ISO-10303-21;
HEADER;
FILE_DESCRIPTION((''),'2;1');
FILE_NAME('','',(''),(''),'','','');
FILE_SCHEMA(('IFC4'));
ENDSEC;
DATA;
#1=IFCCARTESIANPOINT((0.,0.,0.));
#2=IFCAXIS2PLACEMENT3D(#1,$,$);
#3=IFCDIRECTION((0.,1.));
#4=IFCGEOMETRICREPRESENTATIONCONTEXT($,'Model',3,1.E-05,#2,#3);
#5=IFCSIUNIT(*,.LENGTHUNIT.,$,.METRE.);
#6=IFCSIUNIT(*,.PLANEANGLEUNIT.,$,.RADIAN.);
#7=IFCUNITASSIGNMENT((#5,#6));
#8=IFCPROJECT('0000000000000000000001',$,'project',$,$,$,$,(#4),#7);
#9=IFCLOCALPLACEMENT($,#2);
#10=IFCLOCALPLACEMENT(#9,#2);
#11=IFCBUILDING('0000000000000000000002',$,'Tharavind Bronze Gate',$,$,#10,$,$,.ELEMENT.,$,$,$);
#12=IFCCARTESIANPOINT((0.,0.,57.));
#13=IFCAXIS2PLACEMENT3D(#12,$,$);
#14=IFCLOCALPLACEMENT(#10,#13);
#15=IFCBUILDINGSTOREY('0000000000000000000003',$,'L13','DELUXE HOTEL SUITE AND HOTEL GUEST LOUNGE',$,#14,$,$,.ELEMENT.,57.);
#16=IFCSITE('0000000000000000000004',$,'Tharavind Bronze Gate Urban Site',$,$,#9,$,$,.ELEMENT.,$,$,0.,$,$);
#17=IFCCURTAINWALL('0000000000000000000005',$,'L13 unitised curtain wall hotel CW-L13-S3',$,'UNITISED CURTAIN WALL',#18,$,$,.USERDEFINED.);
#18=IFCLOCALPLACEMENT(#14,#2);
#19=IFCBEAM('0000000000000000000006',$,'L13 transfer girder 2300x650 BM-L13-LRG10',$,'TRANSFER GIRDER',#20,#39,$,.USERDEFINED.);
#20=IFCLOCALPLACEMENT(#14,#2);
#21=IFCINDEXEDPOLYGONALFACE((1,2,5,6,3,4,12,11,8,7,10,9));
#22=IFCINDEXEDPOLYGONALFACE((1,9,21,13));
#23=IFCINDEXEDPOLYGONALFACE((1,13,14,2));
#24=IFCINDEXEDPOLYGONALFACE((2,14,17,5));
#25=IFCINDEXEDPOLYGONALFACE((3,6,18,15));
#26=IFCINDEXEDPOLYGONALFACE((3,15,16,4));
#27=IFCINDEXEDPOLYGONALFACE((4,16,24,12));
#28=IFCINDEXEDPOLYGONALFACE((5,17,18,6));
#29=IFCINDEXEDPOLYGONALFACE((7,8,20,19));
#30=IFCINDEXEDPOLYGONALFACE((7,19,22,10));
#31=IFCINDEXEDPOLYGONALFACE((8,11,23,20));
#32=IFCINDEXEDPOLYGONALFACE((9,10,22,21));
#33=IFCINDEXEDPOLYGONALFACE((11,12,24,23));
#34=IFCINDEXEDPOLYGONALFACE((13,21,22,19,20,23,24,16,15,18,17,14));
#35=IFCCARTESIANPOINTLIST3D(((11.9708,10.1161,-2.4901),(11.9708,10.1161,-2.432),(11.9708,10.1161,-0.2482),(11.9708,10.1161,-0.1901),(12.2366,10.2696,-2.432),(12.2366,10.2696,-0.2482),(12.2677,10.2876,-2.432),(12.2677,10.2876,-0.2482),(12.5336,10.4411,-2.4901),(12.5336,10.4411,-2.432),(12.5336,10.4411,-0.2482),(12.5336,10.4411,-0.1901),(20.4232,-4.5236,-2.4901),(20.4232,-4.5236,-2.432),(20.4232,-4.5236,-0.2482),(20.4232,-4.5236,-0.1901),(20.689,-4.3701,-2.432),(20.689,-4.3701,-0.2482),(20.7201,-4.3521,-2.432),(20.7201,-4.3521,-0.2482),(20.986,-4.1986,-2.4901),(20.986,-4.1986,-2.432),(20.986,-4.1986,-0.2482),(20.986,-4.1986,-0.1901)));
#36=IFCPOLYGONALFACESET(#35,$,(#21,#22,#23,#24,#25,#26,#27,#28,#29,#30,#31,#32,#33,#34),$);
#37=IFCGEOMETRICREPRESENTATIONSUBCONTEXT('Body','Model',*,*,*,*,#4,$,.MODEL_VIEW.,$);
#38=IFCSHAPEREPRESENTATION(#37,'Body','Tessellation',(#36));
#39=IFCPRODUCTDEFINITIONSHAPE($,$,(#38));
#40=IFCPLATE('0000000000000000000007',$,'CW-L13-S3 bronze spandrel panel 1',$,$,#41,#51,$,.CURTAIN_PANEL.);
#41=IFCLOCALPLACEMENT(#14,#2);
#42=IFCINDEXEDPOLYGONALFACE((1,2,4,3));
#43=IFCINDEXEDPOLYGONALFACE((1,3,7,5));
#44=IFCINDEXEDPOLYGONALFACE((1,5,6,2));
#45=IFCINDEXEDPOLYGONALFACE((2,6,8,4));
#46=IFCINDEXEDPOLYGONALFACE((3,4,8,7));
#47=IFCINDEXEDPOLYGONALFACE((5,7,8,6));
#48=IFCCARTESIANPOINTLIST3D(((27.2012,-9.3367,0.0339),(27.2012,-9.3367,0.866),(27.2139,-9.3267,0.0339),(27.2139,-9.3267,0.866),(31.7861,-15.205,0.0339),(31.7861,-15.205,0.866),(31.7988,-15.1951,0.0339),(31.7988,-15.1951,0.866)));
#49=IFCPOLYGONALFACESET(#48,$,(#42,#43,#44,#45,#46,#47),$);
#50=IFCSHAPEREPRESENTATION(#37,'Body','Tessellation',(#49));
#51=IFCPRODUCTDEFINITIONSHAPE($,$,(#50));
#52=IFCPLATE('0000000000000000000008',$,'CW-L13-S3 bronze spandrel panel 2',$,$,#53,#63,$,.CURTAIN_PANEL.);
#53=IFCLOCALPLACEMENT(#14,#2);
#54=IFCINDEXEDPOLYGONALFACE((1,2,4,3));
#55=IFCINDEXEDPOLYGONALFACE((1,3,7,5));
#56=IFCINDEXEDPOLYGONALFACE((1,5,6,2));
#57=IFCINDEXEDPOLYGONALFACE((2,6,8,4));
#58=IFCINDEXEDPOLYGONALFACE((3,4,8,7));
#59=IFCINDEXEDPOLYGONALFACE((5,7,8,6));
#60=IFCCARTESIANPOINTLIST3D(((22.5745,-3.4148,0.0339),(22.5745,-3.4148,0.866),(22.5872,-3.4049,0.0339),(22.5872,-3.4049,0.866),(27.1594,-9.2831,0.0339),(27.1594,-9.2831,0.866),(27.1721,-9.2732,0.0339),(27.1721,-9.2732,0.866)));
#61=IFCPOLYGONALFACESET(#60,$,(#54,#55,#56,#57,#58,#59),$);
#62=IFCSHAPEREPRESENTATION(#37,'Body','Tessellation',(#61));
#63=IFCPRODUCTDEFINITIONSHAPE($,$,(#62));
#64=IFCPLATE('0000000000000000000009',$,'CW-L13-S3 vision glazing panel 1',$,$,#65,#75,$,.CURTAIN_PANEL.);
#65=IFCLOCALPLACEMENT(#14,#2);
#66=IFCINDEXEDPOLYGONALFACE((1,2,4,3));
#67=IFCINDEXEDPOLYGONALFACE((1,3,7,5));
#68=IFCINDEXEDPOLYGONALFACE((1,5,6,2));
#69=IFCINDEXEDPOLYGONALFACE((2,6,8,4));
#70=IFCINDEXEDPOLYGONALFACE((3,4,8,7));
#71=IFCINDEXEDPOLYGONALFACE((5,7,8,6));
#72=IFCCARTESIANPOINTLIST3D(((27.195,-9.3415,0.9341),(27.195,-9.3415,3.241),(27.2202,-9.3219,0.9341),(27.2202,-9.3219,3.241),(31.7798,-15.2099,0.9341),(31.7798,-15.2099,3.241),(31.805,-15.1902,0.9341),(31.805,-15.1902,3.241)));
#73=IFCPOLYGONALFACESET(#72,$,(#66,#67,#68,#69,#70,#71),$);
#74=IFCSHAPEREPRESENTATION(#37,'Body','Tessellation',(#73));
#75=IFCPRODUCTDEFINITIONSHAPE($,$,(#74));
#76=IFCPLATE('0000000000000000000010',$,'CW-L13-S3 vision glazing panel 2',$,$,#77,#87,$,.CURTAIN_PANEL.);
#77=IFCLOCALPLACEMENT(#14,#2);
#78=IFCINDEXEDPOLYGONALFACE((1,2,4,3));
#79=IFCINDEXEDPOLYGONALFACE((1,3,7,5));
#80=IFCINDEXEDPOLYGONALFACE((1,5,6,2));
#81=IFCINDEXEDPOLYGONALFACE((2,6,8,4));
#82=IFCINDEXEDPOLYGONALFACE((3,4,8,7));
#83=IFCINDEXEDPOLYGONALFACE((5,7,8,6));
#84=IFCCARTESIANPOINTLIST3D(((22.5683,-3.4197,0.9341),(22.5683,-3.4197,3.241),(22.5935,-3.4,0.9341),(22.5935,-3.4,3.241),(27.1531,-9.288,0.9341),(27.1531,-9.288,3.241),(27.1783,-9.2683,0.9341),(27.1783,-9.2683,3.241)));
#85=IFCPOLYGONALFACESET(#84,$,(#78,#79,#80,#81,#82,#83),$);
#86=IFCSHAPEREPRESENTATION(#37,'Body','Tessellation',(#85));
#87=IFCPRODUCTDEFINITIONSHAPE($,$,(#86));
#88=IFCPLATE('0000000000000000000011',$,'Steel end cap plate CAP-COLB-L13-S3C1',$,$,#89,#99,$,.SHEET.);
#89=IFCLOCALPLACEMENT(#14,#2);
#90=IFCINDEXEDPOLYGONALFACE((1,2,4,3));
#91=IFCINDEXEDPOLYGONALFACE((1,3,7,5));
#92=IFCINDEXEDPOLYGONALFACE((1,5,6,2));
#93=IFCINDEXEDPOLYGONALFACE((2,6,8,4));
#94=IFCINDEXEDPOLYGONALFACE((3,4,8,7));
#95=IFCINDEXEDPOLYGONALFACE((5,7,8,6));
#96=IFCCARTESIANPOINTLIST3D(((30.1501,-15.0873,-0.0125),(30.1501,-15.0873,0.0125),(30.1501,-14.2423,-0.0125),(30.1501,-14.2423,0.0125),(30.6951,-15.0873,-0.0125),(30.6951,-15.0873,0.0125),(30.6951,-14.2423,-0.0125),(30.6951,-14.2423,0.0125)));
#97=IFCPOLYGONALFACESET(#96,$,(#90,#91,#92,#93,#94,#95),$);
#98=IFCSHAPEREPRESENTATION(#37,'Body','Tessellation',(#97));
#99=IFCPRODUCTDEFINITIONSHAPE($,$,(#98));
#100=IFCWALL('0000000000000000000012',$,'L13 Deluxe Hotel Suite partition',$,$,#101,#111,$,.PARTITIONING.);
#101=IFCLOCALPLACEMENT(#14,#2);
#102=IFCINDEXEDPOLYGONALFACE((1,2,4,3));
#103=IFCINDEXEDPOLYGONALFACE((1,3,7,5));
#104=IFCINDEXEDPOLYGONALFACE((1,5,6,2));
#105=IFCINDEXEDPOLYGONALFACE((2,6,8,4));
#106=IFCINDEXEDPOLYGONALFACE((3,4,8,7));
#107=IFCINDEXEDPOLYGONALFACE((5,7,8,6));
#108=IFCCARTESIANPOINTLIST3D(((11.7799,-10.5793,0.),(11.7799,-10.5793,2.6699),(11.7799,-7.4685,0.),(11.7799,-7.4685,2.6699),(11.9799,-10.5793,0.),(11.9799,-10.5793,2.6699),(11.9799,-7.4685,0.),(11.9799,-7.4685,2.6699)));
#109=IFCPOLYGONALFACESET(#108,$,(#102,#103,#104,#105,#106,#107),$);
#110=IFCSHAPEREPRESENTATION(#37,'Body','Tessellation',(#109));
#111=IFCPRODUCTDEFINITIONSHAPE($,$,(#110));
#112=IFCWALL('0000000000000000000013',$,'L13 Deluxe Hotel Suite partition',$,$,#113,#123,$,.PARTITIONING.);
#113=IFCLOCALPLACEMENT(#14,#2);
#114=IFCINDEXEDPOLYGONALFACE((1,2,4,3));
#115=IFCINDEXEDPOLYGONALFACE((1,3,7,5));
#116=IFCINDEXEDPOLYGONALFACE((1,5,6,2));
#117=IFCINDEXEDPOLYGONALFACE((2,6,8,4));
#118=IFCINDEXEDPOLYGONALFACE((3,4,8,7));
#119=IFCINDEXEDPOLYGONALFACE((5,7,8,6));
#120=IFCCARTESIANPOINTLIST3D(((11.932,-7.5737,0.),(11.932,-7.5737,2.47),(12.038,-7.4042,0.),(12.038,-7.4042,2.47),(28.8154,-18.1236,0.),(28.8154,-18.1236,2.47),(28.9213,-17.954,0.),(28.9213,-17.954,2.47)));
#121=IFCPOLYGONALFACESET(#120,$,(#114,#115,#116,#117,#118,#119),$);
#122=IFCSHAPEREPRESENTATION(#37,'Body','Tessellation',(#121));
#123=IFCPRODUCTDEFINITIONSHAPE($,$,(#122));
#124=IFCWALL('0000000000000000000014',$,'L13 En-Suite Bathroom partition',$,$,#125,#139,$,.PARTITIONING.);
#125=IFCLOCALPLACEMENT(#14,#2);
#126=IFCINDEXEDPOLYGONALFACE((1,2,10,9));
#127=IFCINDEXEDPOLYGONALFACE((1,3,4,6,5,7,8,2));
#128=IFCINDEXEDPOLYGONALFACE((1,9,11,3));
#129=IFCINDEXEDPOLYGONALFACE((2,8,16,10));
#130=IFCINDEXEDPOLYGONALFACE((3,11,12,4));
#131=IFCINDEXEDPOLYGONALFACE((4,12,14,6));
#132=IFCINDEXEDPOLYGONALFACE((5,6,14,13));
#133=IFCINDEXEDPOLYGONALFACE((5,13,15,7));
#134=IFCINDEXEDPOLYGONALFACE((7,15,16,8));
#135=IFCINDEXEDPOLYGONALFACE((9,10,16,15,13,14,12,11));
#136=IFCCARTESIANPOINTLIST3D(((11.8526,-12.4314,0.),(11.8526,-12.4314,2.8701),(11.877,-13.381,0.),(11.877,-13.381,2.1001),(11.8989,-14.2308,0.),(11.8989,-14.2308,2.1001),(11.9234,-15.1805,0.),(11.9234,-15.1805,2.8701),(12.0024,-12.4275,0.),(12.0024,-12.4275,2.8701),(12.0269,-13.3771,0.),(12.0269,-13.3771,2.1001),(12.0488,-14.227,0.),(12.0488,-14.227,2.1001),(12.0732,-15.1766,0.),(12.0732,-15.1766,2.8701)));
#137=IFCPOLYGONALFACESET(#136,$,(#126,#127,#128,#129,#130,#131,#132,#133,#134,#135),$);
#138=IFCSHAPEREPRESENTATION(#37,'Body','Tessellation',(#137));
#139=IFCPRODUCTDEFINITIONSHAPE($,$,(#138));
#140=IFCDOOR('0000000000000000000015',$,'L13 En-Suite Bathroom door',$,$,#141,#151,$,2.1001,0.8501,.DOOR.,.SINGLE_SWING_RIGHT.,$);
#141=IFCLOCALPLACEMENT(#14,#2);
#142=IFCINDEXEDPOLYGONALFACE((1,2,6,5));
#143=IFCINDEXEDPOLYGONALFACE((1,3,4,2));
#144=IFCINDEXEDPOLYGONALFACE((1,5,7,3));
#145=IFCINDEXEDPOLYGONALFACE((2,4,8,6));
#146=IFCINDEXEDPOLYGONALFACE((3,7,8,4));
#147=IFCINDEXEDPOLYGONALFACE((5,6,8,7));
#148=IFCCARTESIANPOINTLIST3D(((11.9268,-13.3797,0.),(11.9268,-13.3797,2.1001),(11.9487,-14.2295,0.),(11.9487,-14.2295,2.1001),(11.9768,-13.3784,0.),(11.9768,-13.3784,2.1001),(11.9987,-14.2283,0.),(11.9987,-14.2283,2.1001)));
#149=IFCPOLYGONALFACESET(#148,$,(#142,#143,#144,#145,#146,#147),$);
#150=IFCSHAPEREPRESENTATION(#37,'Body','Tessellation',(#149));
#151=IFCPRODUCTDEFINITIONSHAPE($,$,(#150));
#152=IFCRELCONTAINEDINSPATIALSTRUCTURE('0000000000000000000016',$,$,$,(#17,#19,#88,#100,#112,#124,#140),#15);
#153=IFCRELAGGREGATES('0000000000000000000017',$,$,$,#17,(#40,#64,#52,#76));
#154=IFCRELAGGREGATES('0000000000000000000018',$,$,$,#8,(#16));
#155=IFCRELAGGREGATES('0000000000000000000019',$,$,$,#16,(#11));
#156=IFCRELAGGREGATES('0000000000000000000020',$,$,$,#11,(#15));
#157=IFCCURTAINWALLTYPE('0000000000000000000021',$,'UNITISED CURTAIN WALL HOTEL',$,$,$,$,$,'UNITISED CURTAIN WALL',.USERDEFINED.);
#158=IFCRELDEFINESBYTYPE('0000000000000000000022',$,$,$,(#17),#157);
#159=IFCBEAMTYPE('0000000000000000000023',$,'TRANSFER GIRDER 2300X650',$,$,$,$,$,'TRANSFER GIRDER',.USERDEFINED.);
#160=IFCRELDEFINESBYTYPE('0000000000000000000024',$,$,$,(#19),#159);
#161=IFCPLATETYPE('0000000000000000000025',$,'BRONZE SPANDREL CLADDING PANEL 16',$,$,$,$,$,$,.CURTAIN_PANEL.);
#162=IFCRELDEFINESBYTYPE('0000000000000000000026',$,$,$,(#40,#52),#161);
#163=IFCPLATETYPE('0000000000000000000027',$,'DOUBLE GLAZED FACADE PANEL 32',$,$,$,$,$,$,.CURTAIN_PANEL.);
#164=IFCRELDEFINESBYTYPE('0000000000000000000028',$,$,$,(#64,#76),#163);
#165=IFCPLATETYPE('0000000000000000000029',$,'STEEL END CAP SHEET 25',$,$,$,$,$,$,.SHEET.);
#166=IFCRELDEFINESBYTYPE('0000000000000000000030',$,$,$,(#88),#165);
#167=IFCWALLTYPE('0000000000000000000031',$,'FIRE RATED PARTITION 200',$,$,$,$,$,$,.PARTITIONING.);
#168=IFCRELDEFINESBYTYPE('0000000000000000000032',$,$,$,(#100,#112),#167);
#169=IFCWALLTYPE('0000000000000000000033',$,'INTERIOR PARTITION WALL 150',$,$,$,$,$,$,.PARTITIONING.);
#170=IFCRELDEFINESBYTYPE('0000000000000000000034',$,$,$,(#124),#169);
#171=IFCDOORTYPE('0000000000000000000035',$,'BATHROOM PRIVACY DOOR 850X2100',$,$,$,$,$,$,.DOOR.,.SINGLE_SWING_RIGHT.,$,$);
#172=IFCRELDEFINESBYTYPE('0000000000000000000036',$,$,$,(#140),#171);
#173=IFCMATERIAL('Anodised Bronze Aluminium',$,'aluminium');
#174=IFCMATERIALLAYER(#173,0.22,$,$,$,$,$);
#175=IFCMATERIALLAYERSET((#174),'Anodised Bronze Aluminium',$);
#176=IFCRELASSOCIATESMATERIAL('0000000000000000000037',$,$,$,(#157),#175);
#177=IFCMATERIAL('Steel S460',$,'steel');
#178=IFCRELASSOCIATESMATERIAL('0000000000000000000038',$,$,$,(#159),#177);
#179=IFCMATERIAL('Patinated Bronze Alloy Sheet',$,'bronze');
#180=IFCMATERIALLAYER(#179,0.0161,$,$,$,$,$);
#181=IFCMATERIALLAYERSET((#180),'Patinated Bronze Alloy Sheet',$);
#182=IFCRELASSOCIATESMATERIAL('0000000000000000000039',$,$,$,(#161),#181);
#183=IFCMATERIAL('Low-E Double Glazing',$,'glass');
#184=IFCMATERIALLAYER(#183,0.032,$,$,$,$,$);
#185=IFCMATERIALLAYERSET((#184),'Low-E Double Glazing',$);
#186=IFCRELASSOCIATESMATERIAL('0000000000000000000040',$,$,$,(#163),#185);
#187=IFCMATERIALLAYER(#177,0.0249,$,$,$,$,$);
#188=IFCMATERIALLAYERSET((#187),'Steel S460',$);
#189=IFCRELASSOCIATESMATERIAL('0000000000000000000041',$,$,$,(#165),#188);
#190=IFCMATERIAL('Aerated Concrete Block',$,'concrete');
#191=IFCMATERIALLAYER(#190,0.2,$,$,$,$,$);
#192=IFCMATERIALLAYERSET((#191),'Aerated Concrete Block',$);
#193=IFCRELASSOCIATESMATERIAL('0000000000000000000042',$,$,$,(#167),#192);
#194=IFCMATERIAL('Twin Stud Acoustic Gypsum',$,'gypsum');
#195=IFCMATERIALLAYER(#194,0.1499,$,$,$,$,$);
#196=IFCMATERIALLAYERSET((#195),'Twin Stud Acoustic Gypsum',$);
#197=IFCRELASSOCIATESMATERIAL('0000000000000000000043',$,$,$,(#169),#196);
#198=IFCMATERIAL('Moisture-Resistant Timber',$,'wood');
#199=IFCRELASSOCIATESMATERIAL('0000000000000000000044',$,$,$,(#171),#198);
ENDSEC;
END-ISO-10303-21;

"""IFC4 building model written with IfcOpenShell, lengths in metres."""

from ifc_helpers import new_model, si_unit, direction, frame, frame_2d, origin, origin_2d, place, context, subcontext, project, spatial, rectangle, i_section, extrude, material, layer, layer_set, material_profile, profile_set, type_object, element, fill, aggregate, save


model = new_model("IFC4")

# Units and contexts
model_context = context("Model", 3, precision=1e-05, world=origin(), true_north=direction((0.0, 1.0)))
body_context = subcontext(model_context, "Body", "Model", "MODEL_VIEW")
ifc_project = project(units=[si_unit("LENGTHUNIT", "METRE"), si_unit("PLANEANGLEUNIT", "RADIAN")], contexts=[model_context])

# Site, building, storey
site_placement = place(None, origin())
site = spatial("IfcSite", under=ifc_project, at=site_placement, Name="Tharavind Bronze Gate Urban Site", CompositionType="ELEMENT", RefElevation=0.0)
building_placement = place(site_placement, origin())
building = spatial("IfcBuilding", under=site, at=building_placement, Name="Tharavind Bronze Gate", CompositionType="ELEMENT")
storey_placement = place(building_placement, frame((0.0, 0.0, 57.0)))
storey = spatial("IfcBuildingStorey", under=building, at=storey_placement, Name="L13", Description="DELUXE HOTEL SUITE AND HOTEL GUEST LOUNGE", CompositionType="ELEMENT", Elevation=57.0)

# Shared definitions
ifc_material_1 = material(Name="Steel S460", Category="steel")

# Curtain wall
ifc_material_2 = material(Name="Anodised Bronze Aluminium", Category="aluminium")
ifc_layer_1 = layer(ifc_material_2, 0.22)
ifc_layer_set_1 = layer_set([ifc_layer_1], Name="Anodised Bronze Aluminium")
curtain_wall_type = type_object("IfcCurtainWallType", Name="UNITISED CURTAIN WALL HOTEL", ElementType="UNITISED CURTAIN WALL", PredefinedType="USERDEFINED", material=ifc_layer_set_1)
curtain_wall_placement = place(storey_placement, origin())
curtain_wall = element("IfcCurtainWall", 1, at=curtain_wall_placement, inside=storey, type_object=curtain_wall_type, Name="L13 unitised curtain wall hotel CW-L13-S3", ObjectType="UNITISED CURTAIN WALL", PredefinedType="USERDEFINED")

# Beam
ifc_material_profile_1 = material_profile(ifc_material_1, i_section(OverallWidth=0.6499, OverallDepth=2.3, WebThickness=0.0359, FlangeThickness=0.0581, at=origin_2d()), Name="PG2300X650")
ifc_profile_set_1 = profile_set([ifc_material_profile_1], Name="Steel S460")
beam_type_1 = type_object("IfcBeamType", Name="TRANSFER GIRDER 2300X650", ElementType="TRANSFER GIRDER", PredefinedType="USERDEFINED", material=ifc_profile_set_1)
beam_1_placement = place(storey_placement, frame((20.7046, -4.3611, -1.3401), z_axis=(-0.500008, 0.866021, 0.0), x_axis=(-0.866021, -0.500008, 0.0)))
element("IfcBeam", 2, at=beam_1_placement, inside=storey, type_object=beam_type_1, Name="L13 transfer girder 2300x650 BM-L13-LRG10", ObjectType="TRANSFER GIRDER", PredefinedType="USERDEFINED", context=body_context, shape_type="SweptSolid", body=[
    extrude(i_section(OverallWidth=0.6499, OverallDepth=2.3, WebThickness=0.0359, FlangeThickness=0.0581, at=origin_2d()), origin(), (0.0, 0.0, 1.0), 16.9045),
])

# Plates
ifc_material_3 = material(Name="Patinated Bronze Alloy Sheet", Category="bronze")
ifc_layer_2 = layer(ifc_material_3, 0.0161)
ifc_layer_set_2 = layer_set([ifc_layer_2], Name="Patinated Bronze Alloy Sheet")
plate_type_1 = type_object("IfcPlateType", Name="BRONZE SPANDREL CLADDING PANEL 16", PredefinedType="CURTAIN_PANEL", material=ifc_layer_set_2)
plate_1_placement = place(storey_placement, frame((29.5, -12.2659, 0.0339), z_axis=(0.0, 0.0, 1.0), x_axis=(-0.615661, 0.788011, 0.0)))
plate_1 = element("IfcPlate", 3, at=plate_1_placement, type_object=plate_type_1, Name="CW-L13-S3 bronze spandrel panel 1", PredefinedType="CURTAIN_PANEL", context=body_context, shape_type="SweptSolid", body=[
    extrude(rectangle(XDim=7.447, YDim=0.0161, at=origin_2d()), origin(), (0.0, 0.0, 1.0), 0.832),
])
plate_2_placement = place(storey_placement, frame((24.8733, -6.344, 0.0339), z_axis=(0.0, 0.0, 1.0), x_axis=(-0.615661, 0.788011, 0.0)))
plate_2 = element("IfcPlate", 4, at=plate_2_placement, type_object=plate_type_1, Name="CW-L13-S3 bronze spandrel panel 2", PredefinedType="CURTAIN_PANEL", context=body_context, shape_type="SweptSolid", body=[
    extrude(rectangle(XDim=7.447, YDim=0.0161, at=origin_2d()), origin(), (0.0, 0.0, 1.0), 0.832),
])
ifc_material_4 = material(Name="Low-E Double Glazing", Category="glass")
ifc_layer_3 = layer(ifc_material_4, 0.032)
ifc_layer_set_3 = layer_set([ifc_layer_3], Name="Low-E Double Glazing")
plate_type_2 = type_object("IfcPlateType", Name="DOUBLE GLAZED FACADE PANEL 32", PredefinedType="CURTAIN_PANEL", material=ifc_layer_set_3)
plate_3_placement = place(storey_placement, frame((29.5, -12.2659, 0.9341), z_axis=(0.0, 0.0, 1.0), x_axis=(-0.615661, 0.788011, 0.0)))
plate_3 = element("IfcPlate", 5, at=plate_3_placement, type_object=plate_type_2, Name="CW-L13-S3 vision glazing panel 1", PredefinedType="CURTAIN_PANEL", context=body_context, shape_type="SweptSolid", body=[
    extrude(rectangle(XDim=7.447, YDim=0.032, at=origin_2d()), origin(), (0.0, 0.0, 1.0), 2.3069),
])
plate_4_placement = place(storey_placement, frame((24.8733, -6.344, 0.9341), z_axis=(0.0, 0.0, 1.0), x_axis=(-0.615661, 0.788011, 0.0)))
plate_4 = element("IfcPlate", 6, at=plate_4_placement, type_object=plate_type_2, Name="CW-L13-S3 vision glazing panel 2", PredefinedType="CURTAIN_PANEL", context=body_context, shape_type="SweptSolid", body=[
    extrude(rectangle(XDim=7.447, YDim=0.032, at=origin_2d()), origin(), (0.0, 0.0, 1.0), 2.3069),
])
aggregate(curtain_wall, [plate_1, plate_3, plate_2, plate_4])
ifc_layer_4 = layer(ifc_material_1, 0.0249)
ifc_layer_set_4 = layer_set([ifc_layer_4], Name="Steel S460")
plate_type_3 = type_object("IfcPlateType", Name="STEEL END CAP SHEET 25", PredefinedType="SHEET", material=ifc_layer_set_4)
plate_5_placement = place(storey_placement, frame((30.4226, -14.6648, -0.0125), z_axis=(0.0, 0.0, 1.0), x_axis=(1.0, 0.0, 0.0)))
element("IfcPlate", 7, at=plate_5_placement, inside=storey, type_object=plate_type_3, Name="Steel end cap plate CAP-COLB-L13-S3C1", PredefinedType="SHEET", context=body_context, shape_type="SweptSolid", body=[
    extrude(rectangle(XDim=0.5449, YDim=0.845, at=origin_2d()), origin(), (0.0, 0.0, 1.0), 0.0249),
])

# Walls
ifc_material_5 = material(Name="Aerated Concrete Block", Category="concrete")
ifc_layer_5 = layer(ifc_material_5, 0.2)
ifc_layer_set_5 = layer_set([ifc_layer_5], Name="Aerated Concrete Block")
wall_type_1 = type_object("IfcWallType", Name="FIRE RATED PARTITION 200", PredefinedType="PARTITIONING", material=ifc_layer_set_5)
wall_1_placement = place(storey_placement, frame((11.8799, -10.5793, 0.0), z_axis=(0.0, 0.0, 1.0), x_axis=(0.0, 1.0, 0.0)))
element("IfcWall", 8, at=wall_1_placement, inside=storey, type_object=wall_type_1, Name="L13 Deluxe Hotel Suite partition", PredefinedType="PARTITIONING", context=body_context, shape_type="SweptSolid", body=[
    extrude(rectangle(XDim=3.1108, YDim=0.2, at=frame_2d((1.5554, 0.0))), origin(), (0.0, 0.0, 1.0), 2.6699),
])
wall_2_placement = place(storey_placement, frame((11.9851, -7.489, 0.0), z_axis=(0.0, 0.0, 1.0), x_axis=(0.848049, -0.529917, 0.0)))
element("IfcWall", 9, at=wall_2_placement, inside=storey, type_object=wall_type_1, Name="L13 Deluxe Hotel Suite partition", PredefinedType="PARTITIONING", context=body_context, shape_type="SweptSolid", body=[
    extrude(rectangle(XDim=19.9084, YDim=0.2, at=frame_2d((9.9541, 0.0))), origin(), (0.0, 0.0, 1.0), 2.47),
])

# Wall, opening, door
ifc_material_6 = material(Name="Twin Stud Acoustic Gypsum", Category="gypsum")
ifc_layer_6 = layer(ifc_material_6, 0.1499)
ifc_layer_set_6 = layer_set([ifc_layer_6], Name="Twin Stud Acoustic Gypsum")
wall_type_2 = type_object("IfcWallType", Name="INTERIOR PARTITION WALL 150", PredefinedType="PARTITIONING", material=ifc_layer_set_6)
wall_3_placement = place(storey_placement, frame((11.9275, -12.4294, 0.0), z_axis=(0.0, 0.0, 1.0), x_axis=(0.025746, -0.999669, 0.0)))
wall_3 = element("IfcWall", 10, at=wall_3_placement, inside=storey, type_object=wall_type_2, Name="L13 En-Suite Bathroom partition", PredefinedType="PARTITIONING", context=body_context, shape_type="SweptSolid", body=[
    extrude(rectangle(XDim=2.75, YDim=0.1499, at=frame_2d((1.375, 0.0))), origin(), (0.0, 0.0, 1.0), 2.8701),
])
opening_1_placement = place(wall_3_placement, frame((0.95, 0.0, 0.0)))
opening_1 = element("IfcOpeningElement", 11, at=opening_1_placement, cuts=wall_3, PredefinedType="OPENING", context=body_context, shape_type="SweptSolid", body=[
    extrude(rectangle(XDim=0.8501, YDim=2.1001, at=frame_2d((0.425, 1.05))), frame((0.0, 0.085, 0.0), z_axis=(0.0, -1.0, 0.0), x_axis=(1.0, 0.0, 0.0)), (0.0, 0.0, 1.0), 0.1699),
])
ifc_material_7 = material(Name="Moisture-Resistant Timber", Category="wood")
door_type_1 = type_object("IfcDoorType", Name="BATHROOM PRIVACY DOOR 850X2100", OperationType="SINGLE_SWING_RIGHT", PredefinedType="DOOR", material=ifc_material_7)
door_1_placement = place(opening_1_placement, origin())
door_1 = element("IfcDoor", 12, at=door_1_placement, inside=storey, type_object=door_type_1, Name="L13 En-Suite Bathroom door", OperationType="SINGLE_SWING_RIGHT", OverallHeight=2.1001, OverallWidth=0.8501, PredefinedType="DOOR", context=body_context, shape_type="SweptSolid", body=[
    extrude(rectangle(XDim=0.8501, YDim=2.1001, at=frame_2d((0.425, 1.05))), frame((0.0, 0.0249, 0.0), z_axis=(0.0, -1.0, 0.0), x_axis=(1.0, 0.0, 0.0)), (0.0, 0.0, 1.0), 0.05),
])
fill(opening_1, door_1)

save(model, "model.ifc")
